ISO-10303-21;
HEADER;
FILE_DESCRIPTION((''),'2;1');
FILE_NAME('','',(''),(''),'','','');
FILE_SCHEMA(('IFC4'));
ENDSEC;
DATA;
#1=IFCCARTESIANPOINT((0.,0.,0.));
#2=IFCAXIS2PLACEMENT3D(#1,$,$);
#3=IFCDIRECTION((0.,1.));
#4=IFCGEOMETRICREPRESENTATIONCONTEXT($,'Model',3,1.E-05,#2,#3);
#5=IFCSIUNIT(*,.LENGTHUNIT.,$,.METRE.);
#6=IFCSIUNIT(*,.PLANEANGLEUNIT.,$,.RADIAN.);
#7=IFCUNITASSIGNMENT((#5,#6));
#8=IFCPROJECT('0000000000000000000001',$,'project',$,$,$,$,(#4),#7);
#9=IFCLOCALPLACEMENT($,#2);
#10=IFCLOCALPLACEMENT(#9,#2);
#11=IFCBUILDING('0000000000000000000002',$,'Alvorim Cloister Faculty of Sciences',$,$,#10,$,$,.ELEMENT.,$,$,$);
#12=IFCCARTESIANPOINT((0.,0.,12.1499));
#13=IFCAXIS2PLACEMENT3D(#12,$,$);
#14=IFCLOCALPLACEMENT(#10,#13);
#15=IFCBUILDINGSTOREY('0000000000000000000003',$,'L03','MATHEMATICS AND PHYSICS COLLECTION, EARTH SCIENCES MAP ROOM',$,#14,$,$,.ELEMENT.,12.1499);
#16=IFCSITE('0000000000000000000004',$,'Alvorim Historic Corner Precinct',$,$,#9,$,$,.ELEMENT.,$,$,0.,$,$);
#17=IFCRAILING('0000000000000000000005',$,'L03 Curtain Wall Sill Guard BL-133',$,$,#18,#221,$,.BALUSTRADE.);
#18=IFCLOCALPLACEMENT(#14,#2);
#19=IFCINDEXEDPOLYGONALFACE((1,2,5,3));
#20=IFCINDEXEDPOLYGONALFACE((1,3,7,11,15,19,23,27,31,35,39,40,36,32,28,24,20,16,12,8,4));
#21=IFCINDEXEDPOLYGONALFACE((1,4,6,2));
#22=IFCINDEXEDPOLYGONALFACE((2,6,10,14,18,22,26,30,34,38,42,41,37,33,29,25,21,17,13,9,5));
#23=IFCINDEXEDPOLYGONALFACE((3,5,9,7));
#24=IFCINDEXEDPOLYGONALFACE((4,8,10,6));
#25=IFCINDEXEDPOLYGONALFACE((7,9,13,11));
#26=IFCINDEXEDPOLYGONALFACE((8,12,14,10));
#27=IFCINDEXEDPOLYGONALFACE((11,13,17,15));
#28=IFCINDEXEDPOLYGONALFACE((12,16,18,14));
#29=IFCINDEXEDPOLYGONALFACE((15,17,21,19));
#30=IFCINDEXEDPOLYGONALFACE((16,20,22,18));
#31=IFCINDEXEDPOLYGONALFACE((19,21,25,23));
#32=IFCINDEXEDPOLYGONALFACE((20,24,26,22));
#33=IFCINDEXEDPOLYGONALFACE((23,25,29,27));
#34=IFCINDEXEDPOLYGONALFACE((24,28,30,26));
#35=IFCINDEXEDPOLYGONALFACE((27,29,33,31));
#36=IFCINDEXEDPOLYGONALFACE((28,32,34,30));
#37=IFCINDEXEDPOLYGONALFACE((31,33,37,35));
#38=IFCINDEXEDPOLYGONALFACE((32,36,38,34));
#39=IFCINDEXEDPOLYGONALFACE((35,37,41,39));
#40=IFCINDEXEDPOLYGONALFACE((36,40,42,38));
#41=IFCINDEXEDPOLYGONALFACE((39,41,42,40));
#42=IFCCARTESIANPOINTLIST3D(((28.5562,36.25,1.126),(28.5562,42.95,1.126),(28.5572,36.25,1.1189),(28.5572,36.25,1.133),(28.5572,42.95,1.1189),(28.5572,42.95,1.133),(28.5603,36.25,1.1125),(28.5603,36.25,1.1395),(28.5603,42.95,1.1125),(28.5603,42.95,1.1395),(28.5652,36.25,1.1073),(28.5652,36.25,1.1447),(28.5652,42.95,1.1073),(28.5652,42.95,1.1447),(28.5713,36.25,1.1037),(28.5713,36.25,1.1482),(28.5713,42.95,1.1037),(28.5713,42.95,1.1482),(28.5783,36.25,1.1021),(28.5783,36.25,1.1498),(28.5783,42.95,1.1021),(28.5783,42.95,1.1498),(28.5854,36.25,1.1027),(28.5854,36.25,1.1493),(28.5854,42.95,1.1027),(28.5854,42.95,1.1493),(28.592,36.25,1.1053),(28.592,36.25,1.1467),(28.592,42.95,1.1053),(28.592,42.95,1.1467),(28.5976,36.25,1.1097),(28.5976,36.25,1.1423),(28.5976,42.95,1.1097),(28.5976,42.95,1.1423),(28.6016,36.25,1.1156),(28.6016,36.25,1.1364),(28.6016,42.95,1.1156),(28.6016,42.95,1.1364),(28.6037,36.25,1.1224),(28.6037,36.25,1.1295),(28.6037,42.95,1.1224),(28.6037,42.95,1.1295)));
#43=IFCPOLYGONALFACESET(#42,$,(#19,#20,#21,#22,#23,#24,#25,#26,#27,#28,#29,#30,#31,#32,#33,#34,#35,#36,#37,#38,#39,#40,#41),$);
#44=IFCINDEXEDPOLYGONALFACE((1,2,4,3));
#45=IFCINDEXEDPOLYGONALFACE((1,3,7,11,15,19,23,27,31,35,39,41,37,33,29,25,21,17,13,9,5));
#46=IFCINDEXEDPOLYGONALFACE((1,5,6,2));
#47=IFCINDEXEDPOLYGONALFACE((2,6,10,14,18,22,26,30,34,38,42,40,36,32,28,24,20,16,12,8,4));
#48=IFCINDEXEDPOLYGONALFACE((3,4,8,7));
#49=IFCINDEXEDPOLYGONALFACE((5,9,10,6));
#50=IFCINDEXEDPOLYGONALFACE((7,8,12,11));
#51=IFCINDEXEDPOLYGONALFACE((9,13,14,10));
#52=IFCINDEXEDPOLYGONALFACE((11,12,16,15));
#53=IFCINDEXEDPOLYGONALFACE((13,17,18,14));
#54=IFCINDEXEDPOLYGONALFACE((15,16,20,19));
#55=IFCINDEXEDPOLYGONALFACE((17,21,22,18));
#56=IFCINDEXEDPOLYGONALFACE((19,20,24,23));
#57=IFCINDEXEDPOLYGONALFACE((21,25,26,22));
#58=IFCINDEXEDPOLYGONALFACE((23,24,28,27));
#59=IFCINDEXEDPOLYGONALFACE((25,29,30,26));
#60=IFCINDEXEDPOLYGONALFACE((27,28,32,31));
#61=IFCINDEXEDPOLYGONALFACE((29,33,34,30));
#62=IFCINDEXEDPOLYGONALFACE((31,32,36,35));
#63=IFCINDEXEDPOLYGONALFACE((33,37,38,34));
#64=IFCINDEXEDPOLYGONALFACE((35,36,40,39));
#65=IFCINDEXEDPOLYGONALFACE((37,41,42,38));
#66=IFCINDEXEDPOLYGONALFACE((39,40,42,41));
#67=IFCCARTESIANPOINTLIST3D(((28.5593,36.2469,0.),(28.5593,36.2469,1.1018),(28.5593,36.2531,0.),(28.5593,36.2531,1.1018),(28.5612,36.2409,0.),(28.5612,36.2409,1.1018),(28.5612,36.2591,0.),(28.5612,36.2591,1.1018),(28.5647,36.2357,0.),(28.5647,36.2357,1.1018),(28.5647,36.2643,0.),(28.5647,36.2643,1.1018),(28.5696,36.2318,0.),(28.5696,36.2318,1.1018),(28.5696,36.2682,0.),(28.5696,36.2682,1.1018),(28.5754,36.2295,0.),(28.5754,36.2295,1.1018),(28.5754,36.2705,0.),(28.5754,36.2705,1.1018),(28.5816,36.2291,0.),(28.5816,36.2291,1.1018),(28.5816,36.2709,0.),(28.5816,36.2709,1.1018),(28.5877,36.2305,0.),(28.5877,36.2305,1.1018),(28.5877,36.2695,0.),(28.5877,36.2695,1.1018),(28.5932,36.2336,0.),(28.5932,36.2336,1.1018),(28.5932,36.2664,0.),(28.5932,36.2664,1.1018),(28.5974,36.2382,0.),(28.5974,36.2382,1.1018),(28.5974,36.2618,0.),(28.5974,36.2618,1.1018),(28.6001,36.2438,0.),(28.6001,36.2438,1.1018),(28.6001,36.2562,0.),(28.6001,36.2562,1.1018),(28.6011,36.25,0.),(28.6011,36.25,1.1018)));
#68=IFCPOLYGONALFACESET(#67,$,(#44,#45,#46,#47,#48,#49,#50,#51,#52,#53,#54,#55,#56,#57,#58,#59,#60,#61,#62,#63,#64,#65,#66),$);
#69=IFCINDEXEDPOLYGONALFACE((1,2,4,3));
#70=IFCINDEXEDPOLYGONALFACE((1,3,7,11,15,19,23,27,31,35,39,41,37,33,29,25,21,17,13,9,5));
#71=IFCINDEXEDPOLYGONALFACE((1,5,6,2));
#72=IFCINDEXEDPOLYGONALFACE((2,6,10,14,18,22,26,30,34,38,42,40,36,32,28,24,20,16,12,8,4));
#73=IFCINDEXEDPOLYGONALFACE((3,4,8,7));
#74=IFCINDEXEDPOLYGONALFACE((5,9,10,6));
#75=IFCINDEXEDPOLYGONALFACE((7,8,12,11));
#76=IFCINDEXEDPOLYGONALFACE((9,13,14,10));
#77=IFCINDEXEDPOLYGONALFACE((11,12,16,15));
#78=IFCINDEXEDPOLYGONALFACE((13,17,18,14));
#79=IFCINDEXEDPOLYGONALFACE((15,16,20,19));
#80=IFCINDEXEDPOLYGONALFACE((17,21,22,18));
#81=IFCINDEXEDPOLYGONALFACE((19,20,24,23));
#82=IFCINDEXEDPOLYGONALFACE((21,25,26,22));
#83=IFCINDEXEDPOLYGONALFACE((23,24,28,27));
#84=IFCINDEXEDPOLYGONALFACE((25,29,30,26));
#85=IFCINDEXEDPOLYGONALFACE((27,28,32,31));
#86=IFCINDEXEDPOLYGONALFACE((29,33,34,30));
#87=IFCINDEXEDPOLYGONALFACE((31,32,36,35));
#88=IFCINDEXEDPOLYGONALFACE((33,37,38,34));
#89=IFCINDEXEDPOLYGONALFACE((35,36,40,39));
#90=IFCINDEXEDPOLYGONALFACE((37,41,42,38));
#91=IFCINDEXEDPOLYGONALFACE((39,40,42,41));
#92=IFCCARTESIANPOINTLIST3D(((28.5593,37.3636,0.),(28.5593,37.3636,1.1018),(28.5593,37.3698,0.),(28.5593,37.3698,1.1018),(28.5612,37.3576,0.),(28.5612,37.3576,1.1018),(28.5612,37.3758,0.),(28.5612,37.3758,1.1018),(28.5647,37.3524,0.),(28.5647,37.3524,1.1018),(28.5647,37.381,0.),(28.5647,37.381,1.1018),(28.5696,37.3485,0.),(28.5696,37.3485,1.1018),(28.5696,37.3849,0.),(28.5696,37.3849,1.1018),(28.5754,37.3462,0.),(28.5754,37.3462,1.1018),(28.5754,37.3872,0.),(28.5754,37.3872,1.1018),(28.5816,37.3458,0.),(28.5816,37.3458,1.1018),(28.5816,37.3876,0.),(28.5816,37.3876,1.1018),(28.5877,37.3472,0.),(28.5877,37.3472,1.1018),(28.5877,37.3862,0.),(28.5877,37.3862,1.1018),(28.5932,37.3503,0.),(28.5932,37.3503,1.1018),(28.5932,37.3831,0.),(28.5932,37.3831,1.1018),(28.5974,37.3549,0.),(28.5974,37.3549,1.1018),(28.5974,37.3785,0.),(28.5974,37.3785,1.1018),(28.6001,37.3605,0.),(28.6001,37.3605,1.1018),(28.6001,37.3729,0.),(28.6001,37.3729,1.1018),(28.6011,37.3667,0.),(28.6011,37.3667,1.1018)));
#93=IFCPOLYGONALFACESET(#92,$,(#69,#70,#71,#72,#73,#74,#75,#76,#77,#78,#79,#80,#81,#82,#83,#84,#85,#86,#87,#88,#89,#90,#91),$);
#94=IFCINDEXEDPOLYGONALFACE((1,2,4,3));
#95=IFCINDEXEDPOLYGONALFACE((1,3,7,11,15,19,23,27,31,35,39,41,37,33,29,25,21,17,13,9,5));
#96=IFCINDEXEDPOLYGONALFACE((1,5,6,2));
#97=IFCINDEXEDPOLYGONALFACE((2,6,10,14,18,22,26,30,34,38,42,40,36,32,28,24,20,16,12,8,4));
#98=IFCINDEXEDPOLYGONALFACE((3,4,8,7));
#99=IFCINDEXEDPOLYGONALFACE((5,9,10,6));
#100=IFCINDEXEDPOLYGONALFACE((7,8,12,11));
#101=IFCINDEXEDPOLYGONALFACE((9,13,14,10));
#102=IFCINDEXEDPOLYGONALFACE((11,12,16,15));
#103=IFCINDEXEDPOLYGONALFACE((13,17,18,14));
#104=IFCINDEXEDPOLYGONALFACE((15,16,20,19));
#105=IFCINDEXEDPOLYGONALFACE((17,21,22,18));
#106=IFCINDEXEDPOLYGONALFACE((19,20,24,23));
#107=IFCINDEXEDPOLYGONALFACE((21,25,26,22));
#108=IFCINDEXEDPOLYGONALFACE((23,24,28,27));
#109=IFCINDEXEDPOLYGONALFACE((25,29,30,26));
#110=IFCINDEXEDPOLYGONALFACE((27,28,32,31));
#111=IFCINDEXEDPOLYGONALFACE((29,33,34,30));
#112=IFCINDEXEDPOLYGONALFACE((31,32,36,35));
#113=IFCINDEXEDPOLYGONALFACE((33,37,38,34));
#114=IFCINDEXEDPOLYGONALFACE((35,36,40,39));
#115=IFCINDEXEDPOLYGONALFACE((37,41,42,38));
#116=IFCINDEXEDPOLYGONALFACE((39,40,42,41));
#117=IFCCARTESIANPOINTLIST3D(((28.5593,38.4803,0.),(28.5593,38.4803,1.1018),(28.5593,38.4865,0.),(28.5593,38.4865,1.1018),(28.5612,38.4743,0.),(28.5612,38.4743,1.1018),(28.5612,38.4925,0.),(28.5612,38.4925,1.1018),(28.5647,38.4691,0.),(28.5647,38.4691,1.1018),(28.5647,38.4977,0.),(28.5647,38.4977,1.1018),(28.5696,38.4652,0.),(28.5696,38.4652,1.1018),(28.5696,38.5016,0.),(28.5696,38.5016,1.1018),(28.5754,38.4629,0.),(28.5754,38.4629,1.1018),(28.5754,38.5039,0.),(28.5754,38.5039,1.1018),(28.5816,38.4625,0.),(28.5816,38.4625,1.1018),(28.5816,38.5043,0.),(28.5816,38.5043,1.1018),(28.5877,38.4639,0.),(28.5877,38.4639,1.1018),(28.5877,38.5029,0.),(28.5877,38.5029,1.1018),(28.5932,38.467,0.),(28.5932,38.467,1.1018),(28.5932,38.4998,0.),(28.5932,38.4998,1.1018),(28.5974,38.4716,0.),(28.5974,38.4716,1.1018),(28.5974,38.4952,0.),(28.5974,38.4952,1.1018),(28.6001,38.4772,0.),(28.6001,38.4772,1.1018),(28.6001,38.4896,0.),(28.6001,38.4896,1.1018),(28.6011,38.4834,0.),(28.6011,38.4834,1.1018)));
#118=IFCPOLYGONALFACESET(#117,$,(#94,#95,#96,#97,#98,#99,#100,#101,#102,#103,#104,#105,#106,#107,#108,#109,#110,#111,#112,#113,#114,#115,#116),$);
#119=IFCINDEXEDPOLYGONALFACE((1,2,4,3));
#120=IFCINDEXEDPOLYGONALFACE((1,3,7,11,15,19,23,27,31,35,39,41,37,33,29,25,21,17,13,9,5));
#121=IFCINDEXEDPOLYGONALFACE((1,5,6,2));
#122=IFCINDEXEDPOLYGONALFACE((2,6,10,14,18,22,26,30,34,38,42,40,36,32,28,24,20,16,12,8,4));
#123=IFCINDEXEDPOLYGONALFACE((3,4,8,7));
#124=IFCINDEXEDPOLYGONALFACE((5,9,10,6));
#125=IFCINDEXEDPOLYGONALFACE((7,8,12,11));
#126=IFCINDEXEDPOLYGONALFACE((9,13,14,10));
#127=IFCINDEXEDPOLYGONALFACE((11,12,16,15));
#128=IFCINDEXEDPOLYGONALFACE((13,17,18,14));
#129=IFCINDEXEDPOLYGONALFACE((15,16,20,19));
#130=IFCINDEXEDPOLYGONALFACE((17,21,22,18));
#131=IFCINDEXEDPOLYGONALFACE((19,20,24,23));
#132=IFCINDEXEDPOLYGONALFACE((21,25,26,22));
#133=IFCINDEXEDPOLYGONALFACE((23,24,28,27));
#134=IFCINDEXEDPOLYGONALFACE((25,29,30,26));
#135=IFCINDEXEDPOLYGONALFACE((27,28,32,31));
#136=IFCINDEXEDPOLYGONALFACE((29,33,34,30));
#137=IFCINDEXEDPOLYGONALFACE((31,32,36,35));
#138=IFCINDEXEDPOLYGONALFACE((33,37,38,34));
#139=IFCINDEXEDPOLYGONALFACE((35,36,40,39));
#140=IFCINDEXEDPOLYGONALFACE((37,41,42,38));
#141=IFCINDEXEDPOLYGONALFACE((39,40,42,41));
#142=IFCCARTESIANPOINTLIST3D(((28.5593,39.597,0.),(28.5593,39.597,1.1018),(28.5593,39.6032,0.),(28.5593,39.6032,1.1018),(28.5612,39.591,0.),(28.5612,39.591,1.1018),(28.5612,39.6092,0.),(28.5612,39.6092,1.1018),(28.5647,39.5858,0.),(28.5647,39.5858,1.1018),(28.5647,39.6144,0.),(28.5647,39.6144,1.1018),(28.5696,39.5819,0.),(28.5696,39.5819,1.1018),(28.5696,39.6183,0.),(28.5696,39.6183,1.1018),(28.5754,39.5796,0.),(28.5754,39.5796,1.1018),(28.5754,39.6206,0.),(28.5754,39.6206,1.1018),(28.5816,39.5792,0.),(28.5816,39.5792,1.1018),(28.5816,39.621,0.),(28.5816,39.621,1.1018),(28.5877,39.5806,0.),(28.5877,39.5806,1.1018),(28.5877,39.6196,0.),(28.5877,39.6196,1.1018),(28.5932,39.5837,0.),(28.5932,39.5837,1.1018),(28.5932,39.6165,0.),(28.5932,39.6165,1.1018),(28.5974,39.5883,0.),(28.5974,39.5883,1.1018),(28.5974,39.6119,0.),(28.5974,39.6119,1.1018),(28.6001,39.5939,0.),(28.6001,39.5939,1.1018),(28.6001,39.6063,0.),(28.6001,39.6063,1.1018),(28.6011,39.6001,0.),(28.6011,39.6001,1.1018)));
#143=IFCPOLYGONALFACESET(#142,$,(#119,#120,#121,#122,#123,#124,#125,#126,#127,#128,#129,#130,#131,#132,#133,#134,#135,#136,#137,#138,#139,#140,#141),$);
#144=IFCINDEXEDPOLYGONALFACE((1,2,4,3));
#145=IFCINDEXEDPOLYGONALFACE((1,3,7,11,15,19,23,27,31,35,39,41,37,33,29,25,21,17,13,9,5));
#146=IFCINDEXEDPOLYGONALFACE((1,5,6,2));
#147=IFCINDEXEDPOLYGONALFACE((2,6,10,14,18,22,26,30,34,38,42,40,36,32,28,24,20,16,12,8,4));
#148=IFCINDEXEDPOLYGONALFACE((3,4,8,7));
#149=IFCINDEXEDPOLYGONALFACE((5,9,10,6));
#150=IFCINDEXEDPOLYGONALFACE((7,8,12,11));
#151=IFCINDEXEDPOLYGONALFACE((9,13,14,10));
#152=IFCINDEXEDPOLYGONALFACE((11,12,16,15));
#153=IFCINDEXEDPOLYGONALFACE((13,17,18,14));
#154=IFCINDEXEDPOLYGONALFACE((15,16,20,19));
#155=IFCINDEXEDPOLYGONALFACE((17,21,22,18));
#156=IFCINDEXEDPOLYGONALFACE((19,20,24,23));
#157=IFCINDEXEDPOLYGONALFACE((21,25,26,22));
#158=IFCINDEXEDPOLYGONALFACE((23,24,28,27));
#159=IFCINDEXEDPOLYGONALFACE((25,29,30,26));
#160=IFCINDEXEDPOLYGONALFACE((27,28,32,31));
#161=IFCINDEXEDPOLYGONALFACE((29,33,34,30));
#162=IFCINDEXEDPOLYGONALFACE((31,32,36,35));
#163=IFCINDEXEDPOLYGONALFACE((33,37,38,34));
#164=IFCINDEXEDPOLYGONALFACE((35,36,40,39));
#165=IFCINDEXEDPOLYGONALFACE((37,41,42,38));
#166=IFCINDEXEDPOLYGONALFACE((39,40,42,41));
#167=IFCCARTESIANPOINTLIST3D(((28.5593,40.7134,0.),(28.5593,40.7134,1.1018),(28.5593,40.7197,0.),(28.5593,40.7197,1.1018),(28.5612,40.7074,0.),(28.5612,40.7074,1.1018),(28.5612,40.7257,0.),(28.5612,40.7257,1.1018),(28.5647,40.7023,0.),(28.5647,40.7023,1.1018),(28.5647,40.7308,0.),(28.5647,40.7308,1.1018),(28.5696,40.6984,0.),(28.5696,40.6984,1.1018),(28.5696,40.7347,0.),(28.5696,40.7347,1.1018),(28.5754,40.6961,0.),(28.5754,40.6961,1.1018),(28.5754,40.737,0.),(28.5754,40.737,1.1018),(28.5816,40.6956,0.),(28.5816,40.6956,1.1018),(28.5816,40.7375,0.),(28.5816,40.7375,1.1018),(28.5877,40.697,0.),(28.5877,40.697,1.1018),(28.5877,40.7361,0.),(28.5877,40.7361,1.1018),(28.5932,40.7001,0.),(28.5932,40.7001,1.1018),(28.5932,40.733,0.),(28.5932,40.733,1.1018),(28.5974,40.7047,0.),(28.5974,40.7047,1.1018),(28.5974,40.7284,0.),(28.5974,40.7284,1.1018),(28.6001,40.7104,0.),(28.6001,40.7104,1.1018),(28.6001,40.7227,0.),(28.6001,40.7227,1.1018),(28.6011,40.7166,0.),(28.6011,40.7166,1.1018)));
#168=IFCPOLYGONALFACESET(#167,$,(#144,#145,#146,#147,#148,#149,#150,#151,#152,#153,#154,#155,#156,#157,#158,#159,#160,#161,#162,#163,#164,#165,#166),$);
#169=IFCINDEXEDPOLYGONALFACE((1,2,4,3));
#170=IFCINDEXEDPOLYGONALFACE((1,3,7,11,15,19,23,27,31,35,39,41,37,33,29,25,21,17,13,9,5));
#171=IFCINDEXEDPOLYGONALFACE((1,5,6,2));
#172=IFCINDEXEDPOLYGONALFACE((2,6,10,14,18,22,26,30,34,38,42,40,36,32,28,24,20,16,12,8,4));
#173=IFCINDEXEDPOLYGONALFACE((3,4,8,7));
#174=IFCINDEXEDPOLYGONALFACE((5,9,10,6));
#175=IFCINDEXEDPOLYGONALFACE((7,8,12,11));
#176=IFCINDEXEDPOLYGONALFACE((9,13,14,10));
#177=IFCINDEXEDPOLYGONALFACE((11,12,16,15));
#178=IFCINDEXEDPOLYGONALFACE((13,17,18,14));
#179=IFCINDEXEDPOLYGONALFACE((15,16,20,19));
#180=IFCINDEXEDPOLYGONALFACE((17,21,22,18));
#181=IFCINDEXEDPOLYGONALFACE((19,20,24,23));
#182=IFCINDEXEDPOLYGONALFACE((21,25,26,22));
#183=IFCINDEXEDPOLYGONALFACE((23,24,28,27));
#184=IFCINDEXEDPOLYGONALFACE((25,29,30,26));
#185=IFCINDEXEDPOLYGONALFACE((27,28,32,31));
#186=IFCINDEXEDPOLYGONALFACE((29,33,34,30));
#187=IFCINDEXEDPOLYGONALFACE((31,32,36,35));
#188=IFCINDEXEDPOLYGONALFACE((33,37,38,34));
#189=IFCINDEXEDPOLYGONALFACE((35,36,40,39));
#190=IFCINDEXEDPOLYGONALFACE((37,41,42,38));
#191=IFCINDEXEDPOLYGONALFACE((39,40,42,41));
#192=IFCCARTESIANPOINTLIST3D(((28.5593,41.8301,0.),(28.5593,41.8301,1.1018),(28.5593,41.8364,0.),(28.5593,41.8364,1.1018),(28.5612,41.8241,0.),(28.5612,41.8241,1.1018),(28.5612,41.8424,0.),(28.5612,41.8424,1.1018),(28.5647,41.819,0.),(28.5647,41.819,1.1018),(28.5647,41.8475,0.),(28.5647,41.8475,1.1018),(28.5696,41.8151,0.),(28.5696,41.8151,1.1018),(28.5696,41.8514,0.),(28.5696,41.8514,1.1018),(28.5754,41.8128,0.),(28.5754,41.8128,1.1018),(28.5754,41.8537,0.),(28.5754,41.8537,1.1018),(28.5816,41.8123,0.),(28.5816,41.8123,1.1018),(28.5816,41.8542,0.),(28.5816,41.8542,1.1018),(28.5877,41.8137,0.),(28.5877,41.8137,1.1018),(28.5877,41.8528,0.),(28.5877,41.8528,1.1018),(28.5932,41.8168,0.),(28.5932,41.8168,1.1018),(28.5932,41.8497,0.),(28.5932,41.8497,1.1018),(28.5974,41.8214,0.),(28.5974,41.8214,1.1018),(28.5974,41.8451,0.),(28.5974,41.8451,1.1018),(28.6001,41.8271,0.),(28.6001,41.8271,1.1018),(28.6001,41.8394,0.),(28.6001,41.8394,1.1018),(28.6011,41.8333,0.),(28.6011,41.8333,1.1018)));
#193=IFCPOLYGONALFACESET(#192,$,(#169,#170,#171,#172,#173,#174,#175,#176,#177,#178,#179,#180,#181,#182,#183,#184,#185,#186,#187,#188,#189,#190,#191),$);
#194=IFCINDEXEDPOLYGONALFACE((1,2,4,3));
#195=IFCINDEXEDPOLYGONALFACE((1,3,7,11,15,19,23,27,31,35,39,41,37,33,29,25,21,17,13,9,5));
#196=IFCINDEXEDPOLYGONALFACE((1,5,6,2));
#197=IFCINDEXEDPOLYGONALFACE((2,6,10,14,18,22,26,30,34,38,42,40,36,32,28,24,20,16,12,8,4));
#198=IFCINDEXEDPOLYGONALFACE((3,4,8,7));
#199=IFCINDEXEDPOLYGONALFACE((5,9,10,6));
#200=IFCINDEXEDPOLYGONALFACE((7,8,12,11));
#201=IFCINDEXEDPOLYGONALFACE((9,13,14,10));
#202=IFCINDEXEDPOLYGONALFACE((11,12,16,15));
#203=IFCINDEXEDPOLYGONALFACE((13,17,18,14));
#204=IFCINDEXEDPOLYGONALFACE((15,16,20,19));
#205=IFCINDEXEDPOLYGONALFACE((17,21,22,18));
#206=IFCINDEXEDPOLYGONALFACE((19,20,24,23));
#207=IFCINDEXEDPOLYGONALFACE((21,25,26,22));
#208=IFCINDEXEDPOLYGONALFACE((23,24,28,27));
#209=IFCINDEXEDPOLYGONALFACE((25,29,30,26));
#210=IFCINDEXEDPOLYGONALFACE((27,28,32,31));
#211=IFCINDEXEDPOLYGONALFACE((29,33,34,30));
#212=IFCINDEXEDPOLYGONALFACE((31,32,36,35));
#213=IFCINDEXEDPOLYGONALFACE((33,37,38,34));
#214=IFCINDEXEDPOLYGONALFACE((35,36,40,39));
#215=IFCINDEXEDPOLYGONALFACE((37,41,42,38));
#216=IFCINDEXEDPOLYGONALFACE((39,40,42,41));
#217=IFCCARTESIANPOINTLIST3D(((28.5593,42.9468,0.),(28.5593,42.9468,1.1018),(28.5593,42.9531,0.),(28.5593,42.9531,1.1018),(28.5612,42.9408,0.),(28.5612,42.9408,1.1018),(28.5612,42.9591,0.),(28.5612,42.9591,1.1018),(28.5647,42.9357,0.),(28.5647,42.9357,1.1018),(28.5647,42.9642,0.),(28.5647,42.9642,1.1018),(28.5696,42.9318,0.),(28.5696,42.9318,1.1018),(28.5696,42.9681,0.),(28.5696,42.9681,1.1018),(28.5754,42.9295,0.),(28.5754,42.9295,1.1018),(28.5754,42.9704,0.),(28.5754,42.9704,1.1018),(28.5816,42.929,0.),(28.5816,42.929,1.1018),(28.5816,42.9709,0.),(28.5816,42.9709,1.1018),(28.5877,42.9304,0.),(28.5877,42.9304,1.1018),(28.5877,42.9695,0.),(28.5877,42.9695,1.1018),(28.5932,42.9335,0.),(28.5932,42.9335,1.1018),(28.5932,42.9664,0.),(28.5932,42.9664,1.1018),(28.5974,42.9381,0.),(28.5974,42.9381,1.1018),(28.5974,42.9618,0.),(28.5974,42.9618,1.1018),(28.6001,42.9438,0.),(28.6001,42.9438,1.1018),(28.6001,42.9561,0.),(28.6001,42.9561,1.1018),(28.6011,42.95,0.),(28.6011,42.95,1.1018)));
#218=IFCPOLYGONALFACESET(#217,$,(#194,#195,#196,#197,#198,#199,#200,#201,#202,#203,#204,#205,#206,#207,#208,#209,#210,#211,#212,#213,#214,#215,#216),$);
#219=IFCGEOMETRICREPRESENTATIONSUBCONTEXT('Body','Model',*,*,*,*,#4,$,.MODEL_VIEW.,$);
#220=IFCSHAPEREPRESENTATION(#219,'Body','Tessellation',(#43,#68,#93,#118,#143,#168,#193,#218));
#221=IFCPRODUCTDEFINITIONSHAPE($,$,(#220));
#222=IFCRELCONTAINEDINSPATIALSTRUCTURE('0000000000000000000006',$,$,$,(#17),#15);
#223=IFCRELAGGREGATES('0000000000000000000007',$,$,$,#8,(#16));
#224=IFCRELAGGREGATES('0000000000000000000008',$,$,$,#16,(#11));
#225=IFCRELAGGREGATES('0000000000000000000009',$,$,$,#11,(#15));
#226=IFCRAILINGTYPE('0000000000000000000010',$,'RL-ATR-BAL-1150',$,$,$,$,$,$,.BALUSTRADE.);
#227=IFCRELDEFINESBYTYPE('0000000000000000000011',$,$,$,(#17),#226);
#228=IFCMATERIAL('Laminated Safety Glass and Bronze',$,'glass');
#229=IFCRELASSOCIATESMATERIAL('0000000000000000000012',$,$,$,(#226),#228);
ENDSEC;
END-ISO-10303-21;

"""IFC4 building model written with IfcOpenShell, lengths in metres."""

from ifc_helpers import new_model, si_unit, direction, frame, origin, origin_2d, place, context, subcontext, project, spatial, circle, extrude, material, type_object, element, save


model = new_model("IFC4")

# Units and contexts
model_context = context("Model", 3, precision=1e-05, world=origin(), true_north=direction((0.0, 1.0)))
body_context = subcontext(model_context, "Body", "Model", "MODEL_VIEW")
ifc_project = project(units=[si_unit("LENGTHUNIT", "METRE"), si_unit("PLANEANGLEUNIT", "RADIAN")], contexts=[model_context])

# Site, building, storey
site_placement = place(None, origin())
site = spatial("IfcSite", under=ifc_project, at=site_placement, Name="Alvorim Historic Corner Precinct", CompositionType="ELEMENT", RefElevation=0.0)
building_placement = place(site_placement, origin())
building = spatial("IfcBuilding", under=site, at=building_placement, Name="Alvorim Cloister Faculty of Sciences", CompositionType="ELEMENT")
storey_placement = place(building_placement, frame((0.0, 0.0, 12.1499)))
storey = spatial("IfcBuildingStorey", under=building, at=storey_placement, Name="L03", Description="MATHEMATICS AND PHYSICS COLLECTION, EARTH SCIENCES MAP ROOM", CompositionType="ELEMENT", Elevation=12.1499)

# Railing
ifc_material_1 = material(Name="Laminated Safety Glass and Bronze", Category="glass")
railing_type = type_object("IfcRailingType", Name="RL-ATR-BAL-1150", PredefinedType="BALUSTRADE", material=ifc_material_1)
railing_1_placement = place(storey_placement, frame((28.5801, 36.25, 0.0)))
element("IfcRailing", 1, at=railing_1_placement, inside=storey, type_object=railing_type, Name="L03 Curtain Wall Sill Guard BL-133", PredefinedType="BALUSTRADE", context=body_context, shape_type="SweptSolid", body=[
    extrude(circle(Radius=0.0239, at=origin_2d()), frame((0.0, 0.0, 1.126), z_axis=(0.0, 1.0, 0.0), x_axis=(-1.0, 0.0, 0.0)), (0.0, 0.0, 1.0), 6.7),
    extrude(circle(Radius=0.021, at=origin_2d()), origin(), (0.0, 0.0, 1.0), 1.1018),
    extrude(circle(Radius=0.021, at=origin_2d()), frame((0.0, 1.1167, 0.0)), (0.0, 0.0, 1.0), 1.1018),
    extrude(circle(Radius=0.021, at=origin_2d()), frame((0.0, 2.2334, 0.0)), (0.0, 0.0, 1.0), 1.1018),
    extrude(circle(Radius=0.021, at=origin_2d()), frame((0.0, 3.3501, 0.0)), (0.0, 0.0, 1.0), 1.1018),
    extrude(circle(Radius=0.021, at=origin_2d()), frame((0.0, 4.4666, 0.0)), (0.0, 0.0, 1.0), 1.1018),
    extrude(circle(Radius=0.021, at=origin_2d()), frame((0.0, 5.5833, 0.0)), (0.0, 0.0, 1.0), 1.1018),
    extrude(circle(Radius=0.021, at=origin_2d()), frame((0.0, 6.7, 0.0)), (0.0, 0.0, 1.0), 1.1018),
])

save(model, "model.ifc")
